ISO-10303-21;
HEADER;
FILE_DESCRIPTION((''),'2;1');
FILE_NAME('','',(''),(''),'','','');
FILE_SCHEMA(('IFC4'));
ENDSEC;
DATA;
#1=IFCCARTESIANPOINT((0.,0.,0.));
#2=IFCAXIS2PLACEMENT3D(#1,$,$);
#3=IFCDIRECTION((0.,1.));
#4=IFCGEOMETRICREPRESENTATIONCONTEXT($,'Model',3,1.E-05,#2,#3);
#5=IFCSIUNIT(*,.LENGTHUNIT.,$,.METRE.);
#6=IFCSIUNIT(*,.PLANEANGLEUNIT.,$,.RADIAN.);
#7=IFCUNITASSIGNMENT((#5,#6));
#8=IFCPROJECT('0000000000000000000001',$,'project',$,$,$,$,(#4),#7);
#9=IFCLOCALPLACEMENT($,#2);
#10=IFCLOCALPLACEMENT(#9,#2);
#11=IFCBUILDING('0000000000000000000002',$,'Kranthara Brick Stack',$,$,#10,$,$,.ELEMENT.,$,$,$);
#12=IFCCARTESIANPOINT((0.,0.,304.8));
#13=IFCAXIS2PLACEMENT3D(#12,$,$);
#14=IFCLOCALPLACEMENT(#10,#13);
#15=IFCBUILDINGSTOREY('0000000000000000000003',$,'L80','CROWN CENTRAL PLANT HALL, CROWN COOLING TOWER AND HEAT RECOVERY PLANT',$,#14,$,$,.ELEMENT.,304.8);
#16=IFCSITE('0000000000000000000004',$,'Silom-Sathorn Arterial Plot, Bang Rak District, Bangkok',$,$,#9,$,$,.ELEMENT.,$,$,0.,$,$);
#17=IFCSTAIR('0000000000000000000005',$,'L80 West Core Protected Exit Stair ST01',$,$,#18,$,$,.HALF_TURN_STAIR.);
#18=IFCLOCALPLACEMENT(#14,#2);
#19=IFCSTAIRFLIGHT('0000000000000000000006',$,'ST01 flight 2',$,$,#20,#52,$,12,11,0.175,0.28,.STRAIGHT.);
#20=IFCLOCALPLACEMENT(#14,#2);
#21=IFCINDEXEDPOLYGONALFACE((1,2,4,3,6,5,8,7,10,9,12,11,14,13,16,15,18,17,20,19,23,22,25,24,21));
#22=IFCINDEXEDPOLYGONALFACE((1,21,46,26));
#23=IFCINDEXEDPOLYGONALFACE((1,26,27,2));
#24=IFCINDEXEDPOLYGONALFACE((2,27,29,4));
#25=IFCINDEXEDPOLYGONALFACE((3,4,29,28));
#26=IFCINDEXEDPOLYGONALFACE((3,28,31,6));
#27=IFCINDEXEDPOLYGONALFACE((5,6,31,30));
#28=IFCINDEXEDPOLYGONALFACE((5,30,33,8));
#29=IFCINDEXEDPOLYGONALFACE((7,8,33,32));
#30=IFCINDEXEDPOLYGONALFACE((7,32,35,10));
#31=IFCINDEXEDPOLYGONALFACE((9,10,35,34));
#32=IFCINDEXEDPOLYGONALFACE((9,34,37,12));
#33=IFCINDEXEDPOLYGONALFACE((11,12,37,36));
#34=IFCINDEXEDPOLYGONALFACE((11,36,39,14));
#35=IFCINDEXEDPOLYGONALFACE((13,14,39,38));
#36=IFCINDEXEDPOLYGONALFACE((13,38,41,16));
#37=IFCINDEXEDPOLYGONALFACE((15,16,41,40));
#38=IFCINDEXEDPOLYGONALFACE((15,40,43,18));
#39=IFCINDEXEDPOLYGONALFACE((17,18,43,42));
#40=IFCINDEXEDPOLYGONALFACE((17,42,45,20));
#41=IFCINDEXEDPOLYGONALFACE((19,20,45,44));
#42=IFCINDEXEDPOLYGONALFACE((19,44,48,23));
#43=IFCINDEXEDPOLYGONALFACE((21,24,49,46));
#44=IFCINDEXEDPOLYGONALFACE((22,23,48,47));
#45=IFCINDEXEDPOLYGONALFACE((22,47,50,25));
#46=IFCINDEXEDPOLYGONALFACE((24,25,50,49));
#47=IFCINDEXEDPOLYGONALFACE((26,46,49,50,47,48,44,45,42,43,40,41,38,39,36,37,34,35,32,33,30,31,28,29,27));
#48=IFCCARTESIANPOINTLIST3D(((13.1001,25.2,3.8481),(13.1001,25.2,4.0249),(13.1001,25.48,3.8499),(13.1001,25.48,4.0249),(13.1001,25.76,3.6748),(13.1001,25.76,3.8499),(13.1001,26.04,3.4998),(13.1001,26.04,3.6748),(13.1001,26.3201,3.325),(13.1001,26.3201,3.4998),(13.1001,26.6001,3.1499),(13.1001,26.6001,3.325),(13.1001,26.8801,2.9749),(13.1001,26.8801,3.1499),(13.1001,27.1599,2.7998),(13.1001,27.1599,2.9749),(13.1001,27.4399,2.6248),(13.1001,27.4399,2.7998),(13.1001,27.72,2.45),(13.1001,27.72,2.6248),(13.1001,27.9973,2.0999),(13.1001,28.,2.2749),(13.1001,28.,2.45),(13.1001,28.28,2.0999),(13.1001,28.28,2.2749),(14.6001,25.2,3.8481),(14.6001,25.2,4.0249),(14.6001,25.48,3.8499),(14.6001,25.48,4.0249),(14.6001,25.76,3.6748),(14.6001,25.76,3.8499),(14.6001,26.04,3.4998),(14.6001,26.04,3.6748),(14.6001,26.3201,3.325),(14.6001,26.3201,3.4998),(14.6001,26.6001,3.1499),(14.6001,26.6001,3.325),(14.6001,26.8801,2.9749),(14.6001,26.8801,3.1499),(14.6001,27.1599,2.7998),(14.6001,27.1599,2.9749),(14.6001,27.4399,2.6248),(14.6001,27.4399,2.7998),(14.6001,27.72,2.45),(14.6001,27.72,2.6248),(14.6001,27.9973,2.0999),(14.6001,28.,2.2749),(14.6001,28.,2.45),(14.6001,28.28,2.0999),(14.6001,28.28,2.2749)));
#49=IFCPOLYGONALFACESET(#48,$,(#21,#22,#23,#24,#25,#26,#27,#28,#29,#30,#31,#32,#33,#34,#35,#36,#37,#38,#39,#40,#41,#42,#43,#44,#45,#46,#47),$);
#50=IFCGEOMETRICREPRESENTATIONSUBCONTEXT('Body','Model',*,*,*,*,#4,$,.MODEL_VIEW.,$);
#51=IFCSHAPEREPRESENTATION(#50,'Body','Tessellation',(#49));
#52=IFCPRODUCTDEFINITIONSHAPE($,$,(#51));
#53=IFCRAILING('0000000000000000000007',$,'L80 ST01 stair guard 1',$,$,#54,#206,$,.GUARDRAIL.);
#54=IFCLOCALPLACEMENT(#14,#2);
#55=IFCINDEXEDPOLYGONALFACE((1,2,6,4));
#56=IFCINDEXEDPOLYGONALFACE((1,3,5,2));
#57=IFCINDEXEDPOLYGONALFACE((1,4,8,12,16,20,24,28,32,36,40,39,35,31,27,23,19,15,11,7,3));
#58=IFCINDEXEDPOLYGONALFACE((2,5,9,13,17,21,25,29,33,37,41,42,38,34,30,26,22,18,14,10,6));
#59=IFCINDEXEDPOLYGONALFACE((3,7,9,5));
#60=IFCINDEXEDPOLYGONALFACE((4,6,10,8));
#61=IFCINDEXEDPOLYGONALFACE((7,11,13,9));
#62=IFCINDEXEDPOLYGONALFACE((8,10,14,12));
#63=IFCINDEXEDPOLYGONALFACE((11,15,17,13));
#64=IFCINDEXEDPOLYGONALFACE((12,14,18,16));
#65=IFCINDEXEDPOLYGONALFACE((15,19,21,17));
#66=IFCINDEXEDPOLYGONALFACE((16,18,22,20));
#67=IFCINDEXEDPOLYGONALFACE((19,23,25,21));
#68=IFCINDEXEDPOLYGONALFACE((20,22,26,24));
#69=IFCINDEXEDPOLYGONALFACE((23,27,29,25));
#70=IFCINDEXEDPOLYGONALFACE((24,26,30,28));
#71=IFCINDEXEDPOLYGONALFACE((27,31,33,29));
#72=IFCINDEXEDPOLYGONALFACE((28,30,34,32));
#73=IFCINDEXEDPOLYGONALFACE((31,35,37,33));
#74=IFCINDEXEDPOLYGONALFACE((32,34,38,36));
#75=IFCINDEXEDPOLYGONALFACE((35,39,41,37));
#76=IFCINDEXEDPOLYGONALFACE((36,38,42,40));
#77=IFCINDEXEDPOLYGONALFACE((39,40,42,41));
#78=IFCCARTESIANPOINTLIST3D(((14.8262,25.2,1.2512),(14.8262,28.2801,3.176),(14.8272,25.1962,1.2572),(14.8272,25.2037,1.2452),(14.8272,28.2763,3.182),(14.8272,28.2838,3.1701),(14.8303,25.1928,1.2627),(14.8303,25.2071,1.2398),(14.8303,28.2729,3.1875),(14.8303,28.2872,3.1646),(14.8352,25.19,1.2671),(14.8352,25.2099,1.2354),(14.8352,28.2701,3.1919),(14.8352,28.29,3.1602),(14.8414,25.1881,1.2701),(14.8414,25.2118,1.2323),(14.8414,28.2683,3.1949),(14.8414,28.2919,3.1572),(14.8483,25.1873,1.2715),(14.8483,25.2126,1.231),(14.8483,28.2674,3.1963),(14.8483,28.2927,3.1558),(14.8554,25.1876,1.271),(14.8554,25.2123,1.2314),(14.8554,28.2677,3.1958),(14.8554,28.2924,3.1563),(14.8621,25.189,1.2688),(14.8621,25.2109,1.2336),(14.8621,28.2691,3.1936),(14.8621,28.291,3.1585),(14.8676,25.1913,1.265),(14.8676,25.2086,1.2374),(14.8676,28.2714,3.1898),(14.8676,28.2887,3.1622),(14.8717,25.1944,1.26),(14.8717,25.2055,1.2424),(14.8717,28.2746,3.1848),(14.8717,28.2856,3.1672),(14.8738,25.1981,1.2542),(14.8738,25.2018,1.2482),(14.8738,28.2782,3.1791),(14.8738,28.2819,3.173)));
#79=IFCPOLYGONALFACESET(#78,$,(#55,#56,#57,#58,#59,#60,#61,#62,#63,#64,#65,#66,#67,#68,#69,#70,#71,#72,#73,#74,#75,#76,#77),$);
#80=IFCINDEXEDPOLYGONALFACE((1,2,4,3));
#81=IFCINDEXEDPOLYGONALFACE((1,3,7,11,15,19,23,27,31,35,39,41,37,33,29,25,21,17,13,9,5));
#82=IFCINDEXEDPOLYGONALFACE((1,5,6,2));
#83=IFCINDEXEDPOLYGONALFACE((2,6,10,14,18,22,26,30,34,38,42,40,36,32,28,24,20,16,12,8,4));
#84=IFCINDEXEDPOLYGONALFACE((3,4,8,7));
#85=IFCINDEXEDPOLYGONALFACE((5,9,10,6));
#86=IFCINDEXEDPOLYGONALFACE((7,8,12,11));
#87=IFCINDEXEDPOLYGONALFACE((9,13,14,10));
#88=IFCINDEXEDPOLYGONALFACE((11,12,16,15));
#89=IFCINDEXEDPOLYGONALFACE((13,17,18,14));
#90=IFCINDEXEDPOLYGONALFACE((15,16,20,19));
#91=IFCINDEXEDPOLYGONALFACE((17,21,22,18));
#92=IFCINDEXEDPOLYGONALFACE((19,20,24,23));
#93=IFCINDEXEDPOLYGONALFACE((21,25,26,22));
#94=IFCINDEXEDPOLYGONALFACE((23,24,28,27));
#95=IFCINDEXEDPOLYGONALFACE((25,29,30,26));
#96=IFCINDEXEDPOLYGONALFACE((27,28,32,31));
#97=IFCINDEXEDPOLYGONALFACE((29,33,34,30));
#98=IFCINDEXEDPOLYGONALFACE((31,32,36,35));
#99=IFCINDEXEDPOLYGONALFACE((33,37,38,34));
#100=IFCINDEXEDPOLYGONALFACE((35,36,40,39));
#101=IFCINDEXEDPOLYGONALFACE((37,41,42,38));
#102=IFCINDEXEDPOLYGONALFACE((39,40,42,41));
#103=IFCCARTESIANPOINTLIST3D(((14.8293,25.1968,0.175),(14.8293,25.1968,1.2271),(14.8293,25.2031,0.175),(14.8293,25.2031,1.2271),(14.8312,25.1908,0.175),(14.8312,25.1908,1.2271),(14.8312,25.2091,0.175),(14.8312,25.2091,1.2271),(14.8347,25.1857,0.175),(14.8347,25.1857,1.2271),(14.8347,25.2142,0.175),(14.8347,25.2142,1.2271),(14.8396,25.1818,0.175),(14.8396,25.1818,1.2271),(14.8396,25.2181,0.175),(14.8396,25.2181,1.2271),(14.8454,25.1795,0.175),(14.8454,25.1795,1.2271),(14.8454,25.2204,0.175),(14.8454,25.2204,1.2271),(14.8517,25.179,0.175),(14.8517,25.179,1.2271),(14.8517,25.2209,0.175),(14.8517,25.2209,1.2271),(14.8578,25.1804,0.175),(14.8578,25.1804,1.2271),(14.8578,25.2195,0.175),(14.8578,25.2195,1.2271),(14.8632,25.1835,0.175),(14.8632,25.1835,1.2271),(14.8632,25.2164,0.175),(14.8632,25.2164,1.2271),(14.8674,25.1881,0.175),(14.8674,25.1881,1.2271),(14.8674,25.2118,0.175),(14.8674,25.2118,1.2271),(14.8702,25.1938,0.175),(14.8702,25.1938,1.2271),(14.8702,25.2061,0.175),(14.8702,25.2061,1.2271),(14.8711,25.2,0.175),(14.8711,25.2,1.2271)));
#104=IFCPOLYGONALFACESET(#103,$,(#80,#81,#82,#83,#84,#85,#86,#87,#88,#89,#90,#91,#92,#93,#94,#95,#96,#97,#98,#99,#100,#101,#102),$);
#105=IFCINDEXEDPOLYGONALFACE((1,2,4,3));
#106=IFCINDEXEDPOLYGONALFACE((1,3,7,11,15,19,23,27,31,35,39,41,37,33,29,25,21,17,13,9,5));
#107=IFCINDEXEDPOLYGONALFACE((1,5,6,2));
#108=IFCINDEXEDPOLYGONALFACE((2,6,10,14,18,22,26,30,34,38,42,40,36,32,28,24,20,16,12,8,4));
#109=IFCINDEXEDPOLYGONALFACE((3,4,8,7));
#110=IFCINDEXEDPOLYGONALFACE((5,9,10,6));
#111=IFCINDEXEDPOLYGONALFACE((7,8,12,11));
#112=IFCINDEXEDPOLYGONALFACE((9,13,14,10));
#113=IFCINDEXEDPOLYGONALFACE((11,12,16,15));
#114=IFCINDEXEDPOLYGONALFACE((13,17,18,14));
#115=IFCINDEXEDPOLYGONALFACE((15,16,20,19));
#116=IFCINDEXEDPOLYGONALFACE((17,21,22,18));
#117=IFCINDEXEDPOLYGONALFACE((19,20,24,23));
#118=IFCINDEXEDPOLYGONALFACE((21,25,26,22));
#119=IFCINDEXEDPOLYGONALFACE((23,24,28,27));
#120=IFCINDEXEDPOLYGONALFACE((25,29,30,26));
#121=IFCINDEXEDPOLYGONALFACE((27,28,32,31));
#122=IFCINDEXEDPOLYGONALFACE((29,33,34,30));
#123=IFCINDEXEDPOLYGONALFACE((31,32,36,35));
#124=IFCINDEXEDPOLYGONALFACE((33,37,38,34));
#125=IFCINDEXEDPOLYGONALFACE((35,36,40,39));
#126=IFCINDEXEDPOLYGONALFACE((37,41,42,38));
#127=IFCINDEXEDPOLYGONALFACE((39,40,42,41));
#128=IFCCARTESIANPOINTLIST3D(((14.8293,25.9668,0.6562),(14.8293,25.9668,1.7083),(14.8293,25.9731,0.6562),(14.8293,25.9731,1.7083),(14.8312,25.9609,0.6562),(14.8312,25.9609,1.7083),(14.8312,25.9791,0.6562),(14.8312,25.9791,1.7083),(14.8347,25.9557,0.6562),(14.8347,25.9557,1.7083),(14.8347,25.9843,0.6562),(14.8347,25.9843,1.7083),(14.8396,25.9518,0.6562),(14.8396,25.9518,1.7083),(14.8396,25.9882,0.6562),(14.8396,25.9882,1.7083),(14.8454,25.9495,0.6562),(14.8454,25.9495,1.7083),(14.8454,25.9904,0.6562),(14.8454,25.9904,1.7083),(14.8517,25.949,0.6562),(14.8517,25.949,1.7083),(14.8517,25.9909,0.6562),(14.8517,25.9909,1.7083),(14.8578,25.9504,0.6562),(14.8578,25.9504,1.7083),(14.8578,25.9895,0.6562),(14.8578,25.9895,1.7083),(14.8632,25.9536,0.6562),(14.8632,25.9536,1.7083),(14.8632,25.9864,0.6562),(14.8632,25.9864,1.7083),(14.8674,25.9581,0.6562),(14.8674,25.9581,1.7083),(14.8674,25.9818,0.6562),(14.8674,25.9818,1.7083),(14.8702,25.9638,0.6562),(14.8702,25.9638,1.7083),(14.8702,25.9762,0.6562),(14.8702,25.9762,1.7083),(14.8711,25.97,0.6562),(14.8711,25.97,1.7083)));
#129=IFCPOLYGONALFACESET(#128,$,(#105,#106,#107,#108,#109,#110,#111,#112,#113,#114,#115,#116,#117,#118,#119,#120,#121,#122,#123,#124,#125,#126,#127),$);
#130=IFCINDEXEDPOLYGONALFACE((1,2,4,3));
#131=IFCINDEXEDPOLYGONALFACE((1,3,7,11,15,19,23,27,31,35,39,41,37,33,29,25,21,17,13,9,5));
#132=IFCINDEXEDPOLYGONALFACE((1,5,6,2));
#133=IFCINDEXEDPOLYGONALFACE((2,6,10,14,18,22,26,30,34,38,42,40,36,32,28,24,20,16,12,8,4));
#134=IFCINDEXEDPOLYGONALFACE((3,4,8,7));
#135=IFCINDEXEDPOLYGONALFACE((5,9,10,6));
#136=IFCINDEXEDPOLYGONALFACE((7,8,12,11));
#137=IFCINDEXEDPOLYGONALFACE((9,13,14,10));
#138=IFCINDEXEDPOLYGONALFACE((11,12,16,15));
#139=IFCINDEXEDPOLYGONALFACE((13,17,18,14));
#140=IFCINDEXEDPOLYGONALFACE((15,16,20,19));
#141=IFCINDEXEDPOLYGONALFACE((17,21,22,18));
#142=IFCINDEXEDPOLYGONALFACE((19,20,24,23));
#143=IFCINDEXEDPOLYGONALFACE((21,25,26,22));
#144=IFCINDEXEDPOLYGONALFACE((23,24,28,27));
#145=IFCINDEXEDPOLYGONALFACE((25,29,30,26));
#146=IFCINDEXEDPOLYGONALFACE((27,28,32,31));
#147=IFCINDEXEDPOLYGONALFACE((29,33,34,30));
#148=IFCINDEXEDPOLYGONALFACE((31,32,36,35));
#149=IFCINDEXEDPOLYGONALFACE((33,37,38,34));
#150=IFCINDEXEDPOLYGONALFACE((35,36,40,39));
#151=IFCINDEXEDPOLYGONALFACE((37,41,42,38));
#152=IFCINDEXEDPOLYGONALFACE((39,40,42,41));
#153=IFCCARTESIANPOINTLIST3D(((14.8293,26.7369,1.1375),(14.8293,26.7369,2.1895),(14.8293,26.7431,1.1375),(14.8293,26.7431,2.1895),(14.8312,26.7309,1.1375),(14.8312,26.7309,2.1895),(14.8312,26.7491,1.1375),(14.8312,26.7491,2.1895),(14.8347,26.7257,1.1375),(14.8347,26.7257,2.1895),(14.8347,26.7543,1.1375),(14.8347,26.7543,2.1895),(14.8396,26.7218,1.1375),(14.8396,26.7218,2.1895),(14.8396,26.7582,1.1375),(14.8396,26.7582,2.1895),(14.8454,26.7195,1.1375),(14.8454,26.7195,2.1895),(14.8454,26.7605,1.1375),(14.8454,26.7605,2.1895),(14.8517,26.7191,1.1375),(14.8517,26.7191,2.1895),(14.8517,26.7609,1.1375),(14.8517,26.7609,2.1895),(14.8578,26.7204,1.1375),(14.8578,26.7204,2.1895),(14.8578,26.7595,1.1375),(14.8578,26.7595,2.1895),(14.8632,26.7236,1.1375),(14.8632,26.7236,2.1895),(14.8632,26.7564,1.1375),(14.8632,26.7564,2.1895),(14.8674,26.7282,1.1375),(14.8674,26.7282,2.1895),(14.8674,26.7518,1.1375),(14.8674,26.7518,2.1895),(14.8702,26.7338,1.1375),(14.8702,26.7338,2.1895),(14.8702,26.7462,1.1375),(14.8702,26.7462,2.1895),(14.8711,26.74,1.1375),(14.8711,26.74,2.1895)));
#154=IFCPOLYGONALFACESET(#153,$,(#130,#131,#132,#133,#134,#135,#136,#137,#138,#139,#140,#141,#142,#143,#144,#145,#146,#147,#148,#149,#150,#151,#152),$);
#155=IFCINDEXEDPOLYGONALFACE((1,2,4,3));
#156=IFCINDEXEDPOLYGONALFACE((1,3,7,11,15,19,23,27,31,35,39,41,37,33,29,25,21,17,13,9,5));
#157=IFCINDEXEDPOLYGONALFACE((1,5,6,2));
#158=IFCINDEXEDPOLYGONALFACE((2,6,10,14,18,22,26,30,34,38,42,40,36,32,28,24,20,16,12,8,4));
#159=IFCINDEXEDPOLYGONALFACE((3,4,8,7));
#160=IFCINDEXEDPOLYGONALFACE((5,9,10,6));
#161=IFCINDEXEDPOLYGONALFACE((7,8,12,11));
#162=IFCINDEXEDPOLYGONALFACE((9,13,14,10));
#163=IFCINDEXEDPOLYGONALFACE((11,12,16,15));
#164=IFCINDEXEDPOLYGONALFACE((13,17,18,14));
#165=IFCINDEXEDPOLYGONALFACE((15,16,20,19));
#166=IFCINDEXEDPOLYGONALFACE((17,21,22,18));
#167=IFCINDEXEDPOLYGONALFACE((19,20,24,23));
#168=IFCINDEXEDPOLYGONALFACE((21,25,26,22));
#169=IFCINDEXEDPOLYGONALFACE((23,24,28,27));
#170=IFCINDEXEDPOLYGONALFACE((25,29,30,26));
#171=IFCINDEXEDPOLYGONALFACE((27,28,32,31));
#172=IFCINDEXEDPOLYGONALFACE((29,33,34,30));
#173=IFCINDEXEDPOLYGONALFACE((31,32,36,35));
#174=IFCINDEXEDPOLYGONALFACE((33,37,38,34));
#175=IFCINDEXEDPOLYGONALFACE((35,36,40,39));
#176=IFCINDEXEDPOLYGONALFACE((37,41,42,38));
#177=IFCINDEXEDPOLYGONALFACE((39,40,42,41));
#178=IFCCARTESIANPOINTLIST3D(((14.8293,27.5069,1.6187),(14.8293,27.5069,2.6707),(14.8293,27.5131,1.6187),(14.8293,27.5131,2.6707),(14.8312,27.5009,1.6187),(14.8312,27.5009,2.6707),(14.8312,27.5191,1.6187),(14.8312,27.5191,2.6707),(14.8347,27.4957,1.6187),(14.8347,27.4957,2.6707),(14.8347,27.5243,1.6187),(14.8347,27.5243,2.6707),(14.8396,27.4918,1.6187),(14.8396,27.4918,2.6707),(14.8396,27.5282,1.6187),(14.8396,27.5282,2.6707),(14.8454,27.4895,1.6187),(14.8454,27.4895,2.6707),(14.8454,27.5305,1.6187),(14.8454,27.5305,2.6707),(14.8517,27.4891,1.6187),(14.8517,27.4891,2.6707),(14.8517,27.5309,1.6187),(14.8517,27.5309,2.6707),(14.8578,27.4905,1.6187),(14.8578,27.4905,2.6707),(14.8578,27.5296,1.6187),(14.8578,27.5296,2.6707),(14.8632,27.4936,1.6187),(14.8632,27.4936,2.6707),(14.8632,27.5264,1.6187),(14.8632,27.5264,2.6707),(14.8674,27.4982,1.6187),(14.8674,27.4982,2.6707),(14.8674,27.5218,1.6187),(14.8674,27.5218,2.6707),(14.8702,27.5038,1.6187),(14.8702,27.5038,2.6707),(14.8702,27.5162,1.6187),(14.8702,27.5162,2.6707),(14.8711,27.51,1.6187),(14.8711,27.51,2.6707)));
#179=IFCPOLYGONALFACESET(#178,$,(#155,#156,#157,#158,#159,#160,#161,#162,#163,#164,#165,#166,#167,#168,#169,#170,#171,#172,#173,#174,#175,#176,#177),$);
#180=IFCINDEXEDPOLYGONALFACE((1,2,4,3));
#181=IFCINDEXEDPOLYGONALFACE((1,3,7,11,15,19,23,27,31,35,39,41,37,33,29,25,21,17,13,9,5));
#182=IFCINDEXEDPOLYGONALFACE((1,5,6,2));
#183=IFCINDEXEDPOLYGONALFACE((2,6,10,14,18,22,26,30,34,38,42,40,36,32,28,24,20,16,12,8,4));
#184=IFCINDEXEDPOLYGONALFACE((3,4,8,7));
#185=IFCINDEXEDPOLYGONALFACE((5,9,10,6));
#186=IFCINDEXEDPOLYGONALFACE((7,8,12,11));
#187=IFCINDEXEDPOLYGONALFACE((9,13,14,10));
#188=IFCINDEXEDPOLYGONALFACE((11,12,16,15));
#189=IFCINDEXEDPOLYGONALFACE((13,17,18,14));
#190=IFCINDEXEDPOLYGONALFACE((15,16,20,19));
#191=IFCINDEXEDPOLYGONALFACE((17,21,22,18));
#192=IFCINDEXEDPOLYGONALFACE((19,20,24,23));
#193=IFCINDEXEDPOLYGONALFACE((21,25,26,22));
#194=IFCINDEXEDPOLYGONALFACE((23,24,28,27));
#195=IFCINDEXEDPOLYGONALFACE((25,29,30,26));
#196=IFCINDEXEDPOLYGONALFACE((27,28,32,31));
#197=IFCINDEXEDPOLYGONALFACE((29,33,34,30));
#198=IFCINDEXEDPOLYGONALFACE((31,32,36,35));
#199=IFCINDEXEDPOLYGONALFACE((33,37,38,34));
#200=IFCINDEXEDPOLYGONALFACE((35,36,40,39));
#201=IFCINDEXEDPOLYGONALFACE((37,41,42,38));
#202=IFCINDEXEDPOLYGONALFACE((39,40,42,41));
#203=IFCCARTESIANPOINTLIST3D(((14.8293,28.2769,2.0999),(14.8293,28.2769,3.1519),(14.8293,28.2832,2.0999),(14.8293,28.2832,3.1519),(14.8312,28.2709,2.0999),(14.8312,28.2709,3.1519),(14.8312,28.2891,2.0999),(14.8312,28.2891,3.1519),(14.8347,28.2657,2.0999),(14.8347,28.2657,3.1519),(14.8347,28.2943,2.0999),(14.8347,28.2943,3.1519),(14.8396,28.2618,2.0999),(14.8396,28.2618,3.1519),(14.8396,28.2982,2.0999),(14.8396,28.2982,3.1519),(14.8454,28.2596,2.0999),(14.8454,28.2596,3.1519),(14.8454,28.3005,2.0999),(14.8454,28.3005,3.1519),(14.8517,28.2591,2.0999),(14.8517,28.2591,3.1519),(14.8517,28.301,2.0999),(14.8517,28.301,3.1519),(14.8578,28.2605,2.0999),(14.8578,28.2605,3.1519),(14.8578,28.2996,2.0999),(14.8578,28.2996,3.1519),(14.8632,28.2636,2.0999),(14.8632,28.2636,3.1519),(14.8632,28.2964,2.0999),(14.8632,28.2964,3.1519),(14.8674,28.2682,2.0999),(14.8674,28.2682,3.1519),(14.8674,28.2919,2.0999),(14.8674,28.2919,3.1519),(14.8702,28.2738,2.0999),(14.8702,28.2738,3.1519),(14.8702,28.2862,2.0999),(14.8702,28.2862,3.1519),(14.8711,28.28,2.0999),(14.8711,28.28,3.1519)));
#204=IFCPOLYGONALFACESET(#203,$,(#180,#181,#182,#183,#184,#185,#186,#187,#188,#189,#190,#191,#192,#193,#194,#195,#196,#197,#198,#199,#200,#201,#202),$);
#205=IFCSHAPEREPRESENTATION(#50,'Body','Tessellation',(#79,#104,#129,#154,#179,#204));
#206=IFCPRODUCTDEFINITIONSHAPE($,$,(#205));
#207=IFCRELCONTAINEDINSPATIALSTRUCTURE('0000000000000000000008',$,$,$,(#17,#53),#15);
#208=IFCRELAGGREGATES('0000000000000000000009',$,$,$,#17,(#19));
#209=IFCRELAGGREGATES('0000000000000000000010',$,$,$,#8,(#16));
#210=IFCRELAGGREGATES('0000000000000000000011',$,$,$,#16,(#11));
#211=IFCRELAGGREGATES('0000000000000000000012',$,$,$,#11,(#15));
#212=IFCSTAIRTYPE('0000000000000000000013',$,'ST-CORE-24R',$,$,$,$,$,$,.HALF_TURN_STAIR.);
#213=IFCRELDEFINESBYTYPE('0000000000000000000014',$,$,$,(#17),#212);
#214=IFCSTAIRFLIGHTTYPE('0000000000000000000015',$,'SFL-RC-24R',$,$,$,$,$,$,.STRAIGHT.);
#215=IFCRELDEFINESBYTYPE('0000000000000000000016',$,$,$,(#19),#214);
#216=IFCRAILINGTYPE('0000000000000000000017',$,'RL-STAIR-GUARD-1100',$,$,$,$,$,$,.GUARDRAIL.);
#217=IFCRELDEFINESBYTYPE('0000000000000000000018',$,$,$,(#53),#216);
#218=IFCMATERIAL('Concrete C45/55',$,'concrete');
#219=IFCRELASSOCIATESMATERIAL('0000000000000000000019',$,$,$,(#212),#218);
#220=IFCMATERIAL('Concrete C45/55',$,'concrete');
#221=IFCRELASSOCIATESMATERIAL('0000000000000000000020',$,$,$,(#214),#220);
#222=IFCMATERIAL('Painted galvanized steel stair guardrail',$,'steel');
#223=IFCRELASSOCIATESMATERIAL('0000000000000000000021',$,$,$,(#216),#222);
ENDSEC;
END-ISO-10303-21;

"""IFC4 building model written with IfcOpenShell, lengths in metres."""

from ifc_helpers import new_model, si_unit, direction, frame, origin, origin_2d, place, context, subcontext, project, spatial, polyline, circle, outline, extrude, material, type_object, element, aggregate, save


model = new_model("IFC4")

# Units and contexts
model_context = context("Model", 3, precision=1e-05, world=origin(), true_north=direction((0.0, 1.0)))
body_context = subcontext(model_context, "Body", "Model", "MODEL_VIEW")
ifc_project = project(units=[si_unit("LENGTHUNIT", "METRE"), si_unit("PLANEANGLEUNIT", "RADIAN")], contexts=[model_context])

# Site, building, storey
site_placement = place(None, origin())
site = spatial("IfcSite", under=ifc_project, at=site_placement, Name="Silom-Sathorn Arterial Plot, Bang Rak District, Bangkok", CompositionType="ELEMENT", RefElevation=0.0)
building_placement = place(site_placement, origin())
building = spatial("IfcBuilding", under=site, at=building_placement, Name="Kranthara Brick Stack", CompositionType="ELEMENT")
storey_placement = place(building_placement, frame((0.0, 0.0, 304.8)))
storey = spatial("IfcBuildingStorey", under=building, at=storey_placement, Name="L80", Description="CROWN CENTRAL PLANT HALL, CROWN COOLING TOWER AND HEAT RECOVERY PLANT", CompositionType="ELEMENT", Elevation=304.8)

# Stair, stair flight
ifc_material_1 = material(Name="Concrete C45/55", Category="concrete")
stair_type = type_object("IfcStairType", Name="ST-CORE-24R", PredefinedType="HALF_TURN_STAIR", material=ifc_material_1)
stair_placement = place(storey_placement, origin())
stair = element("IfcStair", 1, at=stair_placement, inside=storey, type_object=stair_type, Name="L80 West Core Protected Exit Stair ST01", PredefinedType="HALF_TURN_STAIR")
ifc_material_2 = material(Name="Concrete C45/55", Category="concrete")
stair_flight_type = type_object("IfcStairFlightType", Name="SFL-RC-24R", PredefinedType="STRAIGHT", material=ifc_material_2)
stair_flight_1_placement = place(storey_placement, frame((13.8501, 28.28, 2.0999), z_axis=(0.0, 0.0, 1.0), x_axis=(0.0, -1.0, 0.0)))
stair_flight_1 = element("IfcStairFlight", 2, at=stair_flight_1_placement, type_object=stair_flight_type, Name="ST01 flight 2", NumberOfRisers=12, NumberOfTreads=11, PredefinedType="STRAIGHT", RiserHeight=0.175, TreadLength=0.28, context=body_context, shape_type="SweptSolid", body=[
    extrude(outline(polyline([(0.0, 0.0), (0.0, 0.175), (0.28, 0.175), (0.28, 0.3501), (0.5601, 0.3501), (0.5601, 0.5249), (0.8401, 0.5249), (0.8401, 0.7), (1.1201, 0.7), (1.1201, 0.875), (1.3999, 0.875), (1.3999, 1.05), (1.6799, 1.05), (1.6799, 1.2251), (1.96, 1.2251), (1.96, 1.3999), (2.24, 1.3999), (2.24, 1.575), (2.52, 1.575), (2.52, 1.75), (2.8, 1.75), (2.8, 1.925), (3.0801, 1.925), (3.0801, 2.1001), (3.0801, 1.7483), (0.2827, 0.0), (0.0, 0.0)])), frame((0.0, 0.75, 0.0), z_axis=(0.0, -1.0, 0.0), x_axis=(1.0, 0.0, 0.0)), (0.0, 0.0, 1.0), 1.5),
])
aggregate(stair, [stair_flight_1])

# Railing
ifc_material_3 = material(Name="Painted galvanized steel stair guardrail", Category="steel")
railing_type_1 = type_object("IfcRailingType", Name="RL-STAIR-GUARD-1100", PredefinedType="GUARDRAIL", material=ifc_material_3)
railing_1_placement = place(storey_placement, frame((14.8501, 25.2, 0.175)))
element("IfcRailing", 3, at=railing_1_placement, inside=storey, type_object=railing_type_1, Name="L80 ST01 stair guard 1", PredefinedType="GUARDRAIL", context=body_context, shape_type="SweptSolid", body=[
    extrude(circle(Radius=0.0239, at=origin_2d()), frame((0.0, 0.0, 1.0762), z_axis=(0.0, 0.848029, 0.529951), x_axis=(-1.0, 0.0, 0.0)), (0.0, 0.0, 1.0), 3.6321),
    extrude(circle(Radius=0.021, at=origin_2d()), origin(), (0.0, 0.0, 1.0), 1.052),
    extrude(circle(Radius=0.021, at=origin_2d()), frame((0.0, 0.77, 0.4812)), (0.0, 0.0, 1.0), 1.052),
    extrude(circle(Radius=0.021, at=origin_2d()), frame((0.0, 1.54, 0.9624)), (0.0, 0.0, 1.0), 1.052),
    extrude(circle(Radius=0.021, at=origin_2d()), frame((0.0, 2.3101, 1.4436)), (0.0, 0.0, 1.0), 1.052),
    extrude(circle(Radius=0.021, at=origin_2d()), frame((0.0, 3.0801, 1.9248)), (0.0, 0.0, 1.0), 1.052),
])

save(model, "model.ifc")
